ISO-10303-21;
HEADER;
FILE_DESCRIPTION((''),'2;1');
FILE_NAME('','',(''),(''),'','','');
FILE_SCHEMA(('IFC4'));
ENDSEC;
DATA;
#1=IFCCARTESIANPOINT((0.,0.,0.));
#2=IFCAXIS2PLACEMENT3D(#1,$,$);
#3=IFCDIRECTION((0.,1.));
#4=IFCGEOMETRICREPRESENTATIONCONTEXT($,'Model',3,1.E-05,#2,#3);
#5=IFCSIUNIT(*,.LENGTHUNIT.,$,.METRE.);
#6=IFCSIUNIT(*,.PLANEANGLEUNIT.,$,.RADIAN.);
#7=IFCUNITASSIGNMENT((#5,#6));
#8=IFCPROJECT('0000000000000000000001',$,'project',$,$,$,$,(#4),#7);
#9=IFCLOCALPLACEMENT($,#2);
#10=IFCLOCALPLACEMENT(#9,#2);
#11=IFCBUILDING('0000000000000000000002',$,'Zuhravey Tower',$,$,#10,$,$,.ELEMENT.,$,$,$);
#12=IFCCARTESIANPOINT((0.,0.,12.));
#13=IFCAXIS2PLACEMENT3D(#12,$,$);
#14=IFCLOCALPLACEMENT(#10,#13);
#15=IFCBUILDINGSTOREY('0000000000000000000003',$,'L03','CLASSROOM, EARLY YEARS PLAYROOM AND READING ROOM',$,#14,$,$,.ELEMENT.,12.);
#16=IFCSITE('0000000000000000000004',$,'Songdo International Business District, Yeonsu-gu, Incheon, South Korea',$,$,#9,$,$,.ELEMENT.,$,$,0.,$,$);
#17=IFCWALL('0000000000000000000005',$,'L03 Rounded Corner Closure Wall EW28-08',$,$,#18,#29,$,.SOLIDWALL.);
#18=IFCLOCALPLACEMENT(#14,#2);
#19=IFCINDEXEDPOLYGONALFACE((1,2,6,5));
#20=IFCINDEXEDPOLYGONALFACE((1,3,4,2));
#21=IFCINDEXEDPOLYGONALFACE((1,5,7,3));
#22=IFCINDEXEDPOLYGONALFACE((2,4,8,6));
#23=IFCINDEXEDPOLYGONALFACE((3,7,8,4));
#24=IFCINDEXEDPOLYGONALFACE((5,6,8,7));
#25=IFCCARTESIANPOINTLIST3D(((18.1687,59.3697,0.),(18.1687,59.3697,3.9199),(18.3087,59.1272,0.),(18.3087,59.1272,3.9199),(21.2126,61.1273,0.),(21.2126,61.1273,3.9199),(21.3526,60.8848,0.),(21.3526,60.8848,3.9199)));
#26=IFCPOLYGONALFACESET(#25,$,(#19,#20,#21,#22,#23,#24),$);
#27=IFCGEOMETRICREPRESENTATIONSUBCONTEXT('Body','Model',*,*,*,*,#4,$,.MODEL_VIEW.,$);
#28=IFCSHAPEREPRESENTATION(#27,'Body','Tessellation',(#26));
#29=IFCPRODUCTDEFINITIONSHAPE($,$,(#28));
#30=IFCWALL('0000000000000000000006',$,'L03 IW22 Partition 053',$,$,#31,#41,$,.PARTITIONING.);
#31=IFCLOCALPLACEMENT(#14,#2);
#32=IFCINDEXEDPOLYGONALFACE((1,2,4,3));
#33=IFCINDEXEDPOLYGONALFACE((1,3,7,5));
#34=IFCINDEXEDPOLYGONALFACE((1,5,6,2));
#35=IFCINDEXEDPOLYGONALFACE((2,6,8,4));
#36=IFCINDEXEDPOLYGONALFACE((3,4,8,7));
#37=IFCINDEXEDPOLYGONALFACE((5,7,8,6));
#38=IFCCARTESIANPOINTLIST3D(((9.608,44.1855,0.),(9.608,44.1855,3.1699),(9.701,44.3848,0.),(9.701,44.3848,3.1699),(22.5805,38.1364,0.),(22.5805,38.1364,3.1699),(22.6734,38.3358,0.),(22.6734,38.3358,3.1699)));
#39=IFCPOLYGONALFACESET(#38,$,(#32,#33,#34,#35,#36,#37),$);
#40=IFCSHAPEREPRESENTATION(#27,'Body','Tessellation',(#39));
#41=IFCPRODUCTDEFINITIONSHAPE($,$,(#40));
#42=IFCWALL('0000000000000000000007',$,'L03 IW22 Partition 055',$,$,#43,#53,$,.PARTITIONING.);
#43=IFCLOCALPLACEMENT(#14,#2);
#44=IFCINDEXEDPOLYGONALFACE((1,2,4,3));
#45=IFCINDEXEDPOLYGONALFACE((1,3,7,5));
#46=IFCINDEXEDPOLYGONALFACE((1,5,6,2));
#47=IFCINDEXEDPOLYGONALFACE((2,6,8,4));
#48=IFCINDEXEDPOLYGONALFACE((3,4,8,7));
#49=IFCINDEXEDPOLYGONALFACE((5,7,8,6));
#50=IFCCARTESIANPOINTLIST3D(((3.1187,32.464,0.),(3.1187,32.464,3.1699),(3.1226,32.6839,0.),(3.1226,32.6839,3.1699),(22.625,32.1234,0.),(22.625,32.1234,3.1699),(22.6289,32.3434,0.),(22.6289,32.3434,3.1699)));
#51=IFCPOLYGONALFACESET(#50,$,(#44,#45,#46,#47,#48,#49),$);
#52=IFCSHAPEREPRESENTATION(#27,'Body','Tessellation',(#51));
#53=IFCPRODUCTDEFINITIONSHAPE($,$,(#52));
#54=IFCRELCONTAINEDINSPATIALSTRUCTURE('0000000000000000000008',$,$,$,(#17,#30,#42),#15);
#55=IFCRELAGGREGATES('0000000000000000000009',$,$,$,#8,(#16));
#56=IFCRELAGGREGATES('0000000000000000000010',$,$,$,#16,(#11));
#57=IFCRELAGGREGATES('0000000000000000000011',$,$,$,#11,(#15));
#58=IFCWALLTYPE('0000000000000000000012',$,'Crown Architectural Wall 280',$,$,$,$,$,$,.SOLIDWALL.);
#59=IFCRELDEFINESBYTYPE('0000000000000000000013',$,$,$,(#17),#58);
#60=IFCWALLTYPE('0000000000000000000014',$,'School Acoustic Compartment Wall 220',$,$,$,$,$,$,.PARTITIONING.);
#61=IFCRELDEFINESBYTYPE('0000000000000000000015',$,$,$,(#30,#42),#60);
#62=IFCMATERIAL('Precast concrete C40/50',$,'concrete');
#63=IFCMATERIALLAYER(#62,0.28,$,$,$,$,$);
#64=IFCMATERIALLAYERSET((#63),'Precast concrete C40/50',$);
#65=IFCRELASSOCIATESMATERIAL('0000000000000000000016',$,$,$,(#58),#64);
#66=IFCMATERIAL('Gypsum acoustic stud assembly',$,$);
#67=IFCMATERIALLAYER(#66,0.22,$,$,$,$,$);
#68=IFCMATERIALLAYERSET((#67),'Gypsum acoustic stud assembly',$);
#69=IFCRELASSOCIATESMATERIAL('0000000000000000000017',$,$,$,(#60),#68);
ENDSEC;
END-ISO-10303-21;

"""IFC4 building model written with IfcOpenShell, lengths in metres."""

from ifc_helpers import new_model, si_unit, direction, frame, frame_2d, origin, place, context, subcontext, project, spatial, rectangle, extrude, material, layer, layer_set, type_object, element, save


model = new_model("IFC4")

# Units and contexts
model_context = context("Model", 3, precision=1e-05, world=origin(), true_north=direction((0.0, 1.0)))
body_context = subcontext(model_context, "Body", "Model", "MODEL_VIEW")
ifc_project = project(units=[si_unit("LENGTHUNIT", "METRE"), si_unit("PLANEANGLEUNIT", "RADIAN")], contexts=[model_context])

# Site, building, storey
site_placement = place(None, origin())
site = spatial("IfcSite", under=ifc_project, at=site_placement, Name="Songdo International Business District, Yeonsu-gu, Incheon, South Korea", CompositionType="ELEMENT", RefElevation=0.0)
building_placement = place(site_placement, origin())
building = spatial("IfcBuilding", under=site, at=building_placement, Name="Zuhravey Tower", CompositionType="ELEMENT")
storey_placement = place(building_placement, frame((0.0, 0.0, 12.0)))
storey = spatial("IfcBuildingStorey", under=building, at=storey_placement, Name="L03", Description="CLASSROOM, EARLY YEARS PLAYROOM AND READING ROOM", CompositionType="ELEMENT", Elevation=12.0)

# Walls
ifc_material_1 = material(Name="Precast concrete C40/50", Category="concrete")
ifc_layer_1 = layer(ifc_material_1, 0.28)
ifc_layer_set_1 = layer_set([ifc_layer_1], Name="Precast concrete C40/50")
wall_type_1 = type_object("IfcWallType", Name="Crown Architectural Wall 280", PredefinedType="SOLIDWALL", material=ifc_layer_set_1)
wall_1_placement = place(storey_placement, frame((18.2388, 59.2485, 0.0), z_axis=(0.0, 0.0, 1.0), x_axis=(0.866007, 0.500031, 0.0)))
element("IfcWall", 1, at=wall_1_placement, inside=storey, type_object=wall_type_1, Name="L03 Rounded Corner Closure Wall EW28-08", PredefinedType="SOLIDWALL", context=body_context, shape_type="SweptSolid", body=[
    extrude(rectangle(XDim=3.5149, YDim=0.28, at=frame_2d((1.7573, 0.0))), origin(), (0.0, 0.0, 1.0), 3.9199),
])
ifc_material_2 = material(Name="Gypsum acoustic stud assembly")
ifc_layer_2 = layer(ifc_material_2, 0.22)
ifc_layer_set_2 = layer_set([ifc_layer_2], Name="Gypsum acoustic stud assembly")
wall_type_2 = type_object("IfcWallType", Name="School Acoustic Compartment Wall 220", PredefinedType="PARTITIONING", material=ifc_layer_set_2)
wall_2_placement = place(storey_placement, frame((22.627, 38.2361, 0.0), z_axis=(0.0, 0.0, 1.0), x_axis=(-0.906309, 0.422615, 0.0)))
element("IfcWall", 2, at=wall_2_placement, inside=storey, type_object=wall_type_2, Name="L03 IW22 Partition 053", PredefinedType="PARTITIONING", context=body_context, shape_type="SweptSolid", body=[
    extrude(rectangle(XDim=14.3135, YDim=0.22, at=frame_2d((7.1567, 0.0))), origin(), (0.0, 0.0, 1.0), 3.1699),
])
wall_3_placement = place(storey_placement, frame((22.627, 32.2334, 0.0), z_axis=(0.0, 0.0, 1.0), x_axis=(-0.999848, 0.017457, 0.0)))
element("IfcWall", 3, at=wall_3_placement, inside=storey, type_object=wall_type_2, Name="L03 IW22 Partition 055", PredefinedType="PARTITIONING", context=body_context, shape_type="SweptSolid", body=[
    extrude(rectangle(XDim=19.5093, YDim=0.22, at=frame_2d((9.7546, 0.0))), origin(), (0.0, 0.0, 1.0), 3.1699),
])

save(model, "model.ifc")
